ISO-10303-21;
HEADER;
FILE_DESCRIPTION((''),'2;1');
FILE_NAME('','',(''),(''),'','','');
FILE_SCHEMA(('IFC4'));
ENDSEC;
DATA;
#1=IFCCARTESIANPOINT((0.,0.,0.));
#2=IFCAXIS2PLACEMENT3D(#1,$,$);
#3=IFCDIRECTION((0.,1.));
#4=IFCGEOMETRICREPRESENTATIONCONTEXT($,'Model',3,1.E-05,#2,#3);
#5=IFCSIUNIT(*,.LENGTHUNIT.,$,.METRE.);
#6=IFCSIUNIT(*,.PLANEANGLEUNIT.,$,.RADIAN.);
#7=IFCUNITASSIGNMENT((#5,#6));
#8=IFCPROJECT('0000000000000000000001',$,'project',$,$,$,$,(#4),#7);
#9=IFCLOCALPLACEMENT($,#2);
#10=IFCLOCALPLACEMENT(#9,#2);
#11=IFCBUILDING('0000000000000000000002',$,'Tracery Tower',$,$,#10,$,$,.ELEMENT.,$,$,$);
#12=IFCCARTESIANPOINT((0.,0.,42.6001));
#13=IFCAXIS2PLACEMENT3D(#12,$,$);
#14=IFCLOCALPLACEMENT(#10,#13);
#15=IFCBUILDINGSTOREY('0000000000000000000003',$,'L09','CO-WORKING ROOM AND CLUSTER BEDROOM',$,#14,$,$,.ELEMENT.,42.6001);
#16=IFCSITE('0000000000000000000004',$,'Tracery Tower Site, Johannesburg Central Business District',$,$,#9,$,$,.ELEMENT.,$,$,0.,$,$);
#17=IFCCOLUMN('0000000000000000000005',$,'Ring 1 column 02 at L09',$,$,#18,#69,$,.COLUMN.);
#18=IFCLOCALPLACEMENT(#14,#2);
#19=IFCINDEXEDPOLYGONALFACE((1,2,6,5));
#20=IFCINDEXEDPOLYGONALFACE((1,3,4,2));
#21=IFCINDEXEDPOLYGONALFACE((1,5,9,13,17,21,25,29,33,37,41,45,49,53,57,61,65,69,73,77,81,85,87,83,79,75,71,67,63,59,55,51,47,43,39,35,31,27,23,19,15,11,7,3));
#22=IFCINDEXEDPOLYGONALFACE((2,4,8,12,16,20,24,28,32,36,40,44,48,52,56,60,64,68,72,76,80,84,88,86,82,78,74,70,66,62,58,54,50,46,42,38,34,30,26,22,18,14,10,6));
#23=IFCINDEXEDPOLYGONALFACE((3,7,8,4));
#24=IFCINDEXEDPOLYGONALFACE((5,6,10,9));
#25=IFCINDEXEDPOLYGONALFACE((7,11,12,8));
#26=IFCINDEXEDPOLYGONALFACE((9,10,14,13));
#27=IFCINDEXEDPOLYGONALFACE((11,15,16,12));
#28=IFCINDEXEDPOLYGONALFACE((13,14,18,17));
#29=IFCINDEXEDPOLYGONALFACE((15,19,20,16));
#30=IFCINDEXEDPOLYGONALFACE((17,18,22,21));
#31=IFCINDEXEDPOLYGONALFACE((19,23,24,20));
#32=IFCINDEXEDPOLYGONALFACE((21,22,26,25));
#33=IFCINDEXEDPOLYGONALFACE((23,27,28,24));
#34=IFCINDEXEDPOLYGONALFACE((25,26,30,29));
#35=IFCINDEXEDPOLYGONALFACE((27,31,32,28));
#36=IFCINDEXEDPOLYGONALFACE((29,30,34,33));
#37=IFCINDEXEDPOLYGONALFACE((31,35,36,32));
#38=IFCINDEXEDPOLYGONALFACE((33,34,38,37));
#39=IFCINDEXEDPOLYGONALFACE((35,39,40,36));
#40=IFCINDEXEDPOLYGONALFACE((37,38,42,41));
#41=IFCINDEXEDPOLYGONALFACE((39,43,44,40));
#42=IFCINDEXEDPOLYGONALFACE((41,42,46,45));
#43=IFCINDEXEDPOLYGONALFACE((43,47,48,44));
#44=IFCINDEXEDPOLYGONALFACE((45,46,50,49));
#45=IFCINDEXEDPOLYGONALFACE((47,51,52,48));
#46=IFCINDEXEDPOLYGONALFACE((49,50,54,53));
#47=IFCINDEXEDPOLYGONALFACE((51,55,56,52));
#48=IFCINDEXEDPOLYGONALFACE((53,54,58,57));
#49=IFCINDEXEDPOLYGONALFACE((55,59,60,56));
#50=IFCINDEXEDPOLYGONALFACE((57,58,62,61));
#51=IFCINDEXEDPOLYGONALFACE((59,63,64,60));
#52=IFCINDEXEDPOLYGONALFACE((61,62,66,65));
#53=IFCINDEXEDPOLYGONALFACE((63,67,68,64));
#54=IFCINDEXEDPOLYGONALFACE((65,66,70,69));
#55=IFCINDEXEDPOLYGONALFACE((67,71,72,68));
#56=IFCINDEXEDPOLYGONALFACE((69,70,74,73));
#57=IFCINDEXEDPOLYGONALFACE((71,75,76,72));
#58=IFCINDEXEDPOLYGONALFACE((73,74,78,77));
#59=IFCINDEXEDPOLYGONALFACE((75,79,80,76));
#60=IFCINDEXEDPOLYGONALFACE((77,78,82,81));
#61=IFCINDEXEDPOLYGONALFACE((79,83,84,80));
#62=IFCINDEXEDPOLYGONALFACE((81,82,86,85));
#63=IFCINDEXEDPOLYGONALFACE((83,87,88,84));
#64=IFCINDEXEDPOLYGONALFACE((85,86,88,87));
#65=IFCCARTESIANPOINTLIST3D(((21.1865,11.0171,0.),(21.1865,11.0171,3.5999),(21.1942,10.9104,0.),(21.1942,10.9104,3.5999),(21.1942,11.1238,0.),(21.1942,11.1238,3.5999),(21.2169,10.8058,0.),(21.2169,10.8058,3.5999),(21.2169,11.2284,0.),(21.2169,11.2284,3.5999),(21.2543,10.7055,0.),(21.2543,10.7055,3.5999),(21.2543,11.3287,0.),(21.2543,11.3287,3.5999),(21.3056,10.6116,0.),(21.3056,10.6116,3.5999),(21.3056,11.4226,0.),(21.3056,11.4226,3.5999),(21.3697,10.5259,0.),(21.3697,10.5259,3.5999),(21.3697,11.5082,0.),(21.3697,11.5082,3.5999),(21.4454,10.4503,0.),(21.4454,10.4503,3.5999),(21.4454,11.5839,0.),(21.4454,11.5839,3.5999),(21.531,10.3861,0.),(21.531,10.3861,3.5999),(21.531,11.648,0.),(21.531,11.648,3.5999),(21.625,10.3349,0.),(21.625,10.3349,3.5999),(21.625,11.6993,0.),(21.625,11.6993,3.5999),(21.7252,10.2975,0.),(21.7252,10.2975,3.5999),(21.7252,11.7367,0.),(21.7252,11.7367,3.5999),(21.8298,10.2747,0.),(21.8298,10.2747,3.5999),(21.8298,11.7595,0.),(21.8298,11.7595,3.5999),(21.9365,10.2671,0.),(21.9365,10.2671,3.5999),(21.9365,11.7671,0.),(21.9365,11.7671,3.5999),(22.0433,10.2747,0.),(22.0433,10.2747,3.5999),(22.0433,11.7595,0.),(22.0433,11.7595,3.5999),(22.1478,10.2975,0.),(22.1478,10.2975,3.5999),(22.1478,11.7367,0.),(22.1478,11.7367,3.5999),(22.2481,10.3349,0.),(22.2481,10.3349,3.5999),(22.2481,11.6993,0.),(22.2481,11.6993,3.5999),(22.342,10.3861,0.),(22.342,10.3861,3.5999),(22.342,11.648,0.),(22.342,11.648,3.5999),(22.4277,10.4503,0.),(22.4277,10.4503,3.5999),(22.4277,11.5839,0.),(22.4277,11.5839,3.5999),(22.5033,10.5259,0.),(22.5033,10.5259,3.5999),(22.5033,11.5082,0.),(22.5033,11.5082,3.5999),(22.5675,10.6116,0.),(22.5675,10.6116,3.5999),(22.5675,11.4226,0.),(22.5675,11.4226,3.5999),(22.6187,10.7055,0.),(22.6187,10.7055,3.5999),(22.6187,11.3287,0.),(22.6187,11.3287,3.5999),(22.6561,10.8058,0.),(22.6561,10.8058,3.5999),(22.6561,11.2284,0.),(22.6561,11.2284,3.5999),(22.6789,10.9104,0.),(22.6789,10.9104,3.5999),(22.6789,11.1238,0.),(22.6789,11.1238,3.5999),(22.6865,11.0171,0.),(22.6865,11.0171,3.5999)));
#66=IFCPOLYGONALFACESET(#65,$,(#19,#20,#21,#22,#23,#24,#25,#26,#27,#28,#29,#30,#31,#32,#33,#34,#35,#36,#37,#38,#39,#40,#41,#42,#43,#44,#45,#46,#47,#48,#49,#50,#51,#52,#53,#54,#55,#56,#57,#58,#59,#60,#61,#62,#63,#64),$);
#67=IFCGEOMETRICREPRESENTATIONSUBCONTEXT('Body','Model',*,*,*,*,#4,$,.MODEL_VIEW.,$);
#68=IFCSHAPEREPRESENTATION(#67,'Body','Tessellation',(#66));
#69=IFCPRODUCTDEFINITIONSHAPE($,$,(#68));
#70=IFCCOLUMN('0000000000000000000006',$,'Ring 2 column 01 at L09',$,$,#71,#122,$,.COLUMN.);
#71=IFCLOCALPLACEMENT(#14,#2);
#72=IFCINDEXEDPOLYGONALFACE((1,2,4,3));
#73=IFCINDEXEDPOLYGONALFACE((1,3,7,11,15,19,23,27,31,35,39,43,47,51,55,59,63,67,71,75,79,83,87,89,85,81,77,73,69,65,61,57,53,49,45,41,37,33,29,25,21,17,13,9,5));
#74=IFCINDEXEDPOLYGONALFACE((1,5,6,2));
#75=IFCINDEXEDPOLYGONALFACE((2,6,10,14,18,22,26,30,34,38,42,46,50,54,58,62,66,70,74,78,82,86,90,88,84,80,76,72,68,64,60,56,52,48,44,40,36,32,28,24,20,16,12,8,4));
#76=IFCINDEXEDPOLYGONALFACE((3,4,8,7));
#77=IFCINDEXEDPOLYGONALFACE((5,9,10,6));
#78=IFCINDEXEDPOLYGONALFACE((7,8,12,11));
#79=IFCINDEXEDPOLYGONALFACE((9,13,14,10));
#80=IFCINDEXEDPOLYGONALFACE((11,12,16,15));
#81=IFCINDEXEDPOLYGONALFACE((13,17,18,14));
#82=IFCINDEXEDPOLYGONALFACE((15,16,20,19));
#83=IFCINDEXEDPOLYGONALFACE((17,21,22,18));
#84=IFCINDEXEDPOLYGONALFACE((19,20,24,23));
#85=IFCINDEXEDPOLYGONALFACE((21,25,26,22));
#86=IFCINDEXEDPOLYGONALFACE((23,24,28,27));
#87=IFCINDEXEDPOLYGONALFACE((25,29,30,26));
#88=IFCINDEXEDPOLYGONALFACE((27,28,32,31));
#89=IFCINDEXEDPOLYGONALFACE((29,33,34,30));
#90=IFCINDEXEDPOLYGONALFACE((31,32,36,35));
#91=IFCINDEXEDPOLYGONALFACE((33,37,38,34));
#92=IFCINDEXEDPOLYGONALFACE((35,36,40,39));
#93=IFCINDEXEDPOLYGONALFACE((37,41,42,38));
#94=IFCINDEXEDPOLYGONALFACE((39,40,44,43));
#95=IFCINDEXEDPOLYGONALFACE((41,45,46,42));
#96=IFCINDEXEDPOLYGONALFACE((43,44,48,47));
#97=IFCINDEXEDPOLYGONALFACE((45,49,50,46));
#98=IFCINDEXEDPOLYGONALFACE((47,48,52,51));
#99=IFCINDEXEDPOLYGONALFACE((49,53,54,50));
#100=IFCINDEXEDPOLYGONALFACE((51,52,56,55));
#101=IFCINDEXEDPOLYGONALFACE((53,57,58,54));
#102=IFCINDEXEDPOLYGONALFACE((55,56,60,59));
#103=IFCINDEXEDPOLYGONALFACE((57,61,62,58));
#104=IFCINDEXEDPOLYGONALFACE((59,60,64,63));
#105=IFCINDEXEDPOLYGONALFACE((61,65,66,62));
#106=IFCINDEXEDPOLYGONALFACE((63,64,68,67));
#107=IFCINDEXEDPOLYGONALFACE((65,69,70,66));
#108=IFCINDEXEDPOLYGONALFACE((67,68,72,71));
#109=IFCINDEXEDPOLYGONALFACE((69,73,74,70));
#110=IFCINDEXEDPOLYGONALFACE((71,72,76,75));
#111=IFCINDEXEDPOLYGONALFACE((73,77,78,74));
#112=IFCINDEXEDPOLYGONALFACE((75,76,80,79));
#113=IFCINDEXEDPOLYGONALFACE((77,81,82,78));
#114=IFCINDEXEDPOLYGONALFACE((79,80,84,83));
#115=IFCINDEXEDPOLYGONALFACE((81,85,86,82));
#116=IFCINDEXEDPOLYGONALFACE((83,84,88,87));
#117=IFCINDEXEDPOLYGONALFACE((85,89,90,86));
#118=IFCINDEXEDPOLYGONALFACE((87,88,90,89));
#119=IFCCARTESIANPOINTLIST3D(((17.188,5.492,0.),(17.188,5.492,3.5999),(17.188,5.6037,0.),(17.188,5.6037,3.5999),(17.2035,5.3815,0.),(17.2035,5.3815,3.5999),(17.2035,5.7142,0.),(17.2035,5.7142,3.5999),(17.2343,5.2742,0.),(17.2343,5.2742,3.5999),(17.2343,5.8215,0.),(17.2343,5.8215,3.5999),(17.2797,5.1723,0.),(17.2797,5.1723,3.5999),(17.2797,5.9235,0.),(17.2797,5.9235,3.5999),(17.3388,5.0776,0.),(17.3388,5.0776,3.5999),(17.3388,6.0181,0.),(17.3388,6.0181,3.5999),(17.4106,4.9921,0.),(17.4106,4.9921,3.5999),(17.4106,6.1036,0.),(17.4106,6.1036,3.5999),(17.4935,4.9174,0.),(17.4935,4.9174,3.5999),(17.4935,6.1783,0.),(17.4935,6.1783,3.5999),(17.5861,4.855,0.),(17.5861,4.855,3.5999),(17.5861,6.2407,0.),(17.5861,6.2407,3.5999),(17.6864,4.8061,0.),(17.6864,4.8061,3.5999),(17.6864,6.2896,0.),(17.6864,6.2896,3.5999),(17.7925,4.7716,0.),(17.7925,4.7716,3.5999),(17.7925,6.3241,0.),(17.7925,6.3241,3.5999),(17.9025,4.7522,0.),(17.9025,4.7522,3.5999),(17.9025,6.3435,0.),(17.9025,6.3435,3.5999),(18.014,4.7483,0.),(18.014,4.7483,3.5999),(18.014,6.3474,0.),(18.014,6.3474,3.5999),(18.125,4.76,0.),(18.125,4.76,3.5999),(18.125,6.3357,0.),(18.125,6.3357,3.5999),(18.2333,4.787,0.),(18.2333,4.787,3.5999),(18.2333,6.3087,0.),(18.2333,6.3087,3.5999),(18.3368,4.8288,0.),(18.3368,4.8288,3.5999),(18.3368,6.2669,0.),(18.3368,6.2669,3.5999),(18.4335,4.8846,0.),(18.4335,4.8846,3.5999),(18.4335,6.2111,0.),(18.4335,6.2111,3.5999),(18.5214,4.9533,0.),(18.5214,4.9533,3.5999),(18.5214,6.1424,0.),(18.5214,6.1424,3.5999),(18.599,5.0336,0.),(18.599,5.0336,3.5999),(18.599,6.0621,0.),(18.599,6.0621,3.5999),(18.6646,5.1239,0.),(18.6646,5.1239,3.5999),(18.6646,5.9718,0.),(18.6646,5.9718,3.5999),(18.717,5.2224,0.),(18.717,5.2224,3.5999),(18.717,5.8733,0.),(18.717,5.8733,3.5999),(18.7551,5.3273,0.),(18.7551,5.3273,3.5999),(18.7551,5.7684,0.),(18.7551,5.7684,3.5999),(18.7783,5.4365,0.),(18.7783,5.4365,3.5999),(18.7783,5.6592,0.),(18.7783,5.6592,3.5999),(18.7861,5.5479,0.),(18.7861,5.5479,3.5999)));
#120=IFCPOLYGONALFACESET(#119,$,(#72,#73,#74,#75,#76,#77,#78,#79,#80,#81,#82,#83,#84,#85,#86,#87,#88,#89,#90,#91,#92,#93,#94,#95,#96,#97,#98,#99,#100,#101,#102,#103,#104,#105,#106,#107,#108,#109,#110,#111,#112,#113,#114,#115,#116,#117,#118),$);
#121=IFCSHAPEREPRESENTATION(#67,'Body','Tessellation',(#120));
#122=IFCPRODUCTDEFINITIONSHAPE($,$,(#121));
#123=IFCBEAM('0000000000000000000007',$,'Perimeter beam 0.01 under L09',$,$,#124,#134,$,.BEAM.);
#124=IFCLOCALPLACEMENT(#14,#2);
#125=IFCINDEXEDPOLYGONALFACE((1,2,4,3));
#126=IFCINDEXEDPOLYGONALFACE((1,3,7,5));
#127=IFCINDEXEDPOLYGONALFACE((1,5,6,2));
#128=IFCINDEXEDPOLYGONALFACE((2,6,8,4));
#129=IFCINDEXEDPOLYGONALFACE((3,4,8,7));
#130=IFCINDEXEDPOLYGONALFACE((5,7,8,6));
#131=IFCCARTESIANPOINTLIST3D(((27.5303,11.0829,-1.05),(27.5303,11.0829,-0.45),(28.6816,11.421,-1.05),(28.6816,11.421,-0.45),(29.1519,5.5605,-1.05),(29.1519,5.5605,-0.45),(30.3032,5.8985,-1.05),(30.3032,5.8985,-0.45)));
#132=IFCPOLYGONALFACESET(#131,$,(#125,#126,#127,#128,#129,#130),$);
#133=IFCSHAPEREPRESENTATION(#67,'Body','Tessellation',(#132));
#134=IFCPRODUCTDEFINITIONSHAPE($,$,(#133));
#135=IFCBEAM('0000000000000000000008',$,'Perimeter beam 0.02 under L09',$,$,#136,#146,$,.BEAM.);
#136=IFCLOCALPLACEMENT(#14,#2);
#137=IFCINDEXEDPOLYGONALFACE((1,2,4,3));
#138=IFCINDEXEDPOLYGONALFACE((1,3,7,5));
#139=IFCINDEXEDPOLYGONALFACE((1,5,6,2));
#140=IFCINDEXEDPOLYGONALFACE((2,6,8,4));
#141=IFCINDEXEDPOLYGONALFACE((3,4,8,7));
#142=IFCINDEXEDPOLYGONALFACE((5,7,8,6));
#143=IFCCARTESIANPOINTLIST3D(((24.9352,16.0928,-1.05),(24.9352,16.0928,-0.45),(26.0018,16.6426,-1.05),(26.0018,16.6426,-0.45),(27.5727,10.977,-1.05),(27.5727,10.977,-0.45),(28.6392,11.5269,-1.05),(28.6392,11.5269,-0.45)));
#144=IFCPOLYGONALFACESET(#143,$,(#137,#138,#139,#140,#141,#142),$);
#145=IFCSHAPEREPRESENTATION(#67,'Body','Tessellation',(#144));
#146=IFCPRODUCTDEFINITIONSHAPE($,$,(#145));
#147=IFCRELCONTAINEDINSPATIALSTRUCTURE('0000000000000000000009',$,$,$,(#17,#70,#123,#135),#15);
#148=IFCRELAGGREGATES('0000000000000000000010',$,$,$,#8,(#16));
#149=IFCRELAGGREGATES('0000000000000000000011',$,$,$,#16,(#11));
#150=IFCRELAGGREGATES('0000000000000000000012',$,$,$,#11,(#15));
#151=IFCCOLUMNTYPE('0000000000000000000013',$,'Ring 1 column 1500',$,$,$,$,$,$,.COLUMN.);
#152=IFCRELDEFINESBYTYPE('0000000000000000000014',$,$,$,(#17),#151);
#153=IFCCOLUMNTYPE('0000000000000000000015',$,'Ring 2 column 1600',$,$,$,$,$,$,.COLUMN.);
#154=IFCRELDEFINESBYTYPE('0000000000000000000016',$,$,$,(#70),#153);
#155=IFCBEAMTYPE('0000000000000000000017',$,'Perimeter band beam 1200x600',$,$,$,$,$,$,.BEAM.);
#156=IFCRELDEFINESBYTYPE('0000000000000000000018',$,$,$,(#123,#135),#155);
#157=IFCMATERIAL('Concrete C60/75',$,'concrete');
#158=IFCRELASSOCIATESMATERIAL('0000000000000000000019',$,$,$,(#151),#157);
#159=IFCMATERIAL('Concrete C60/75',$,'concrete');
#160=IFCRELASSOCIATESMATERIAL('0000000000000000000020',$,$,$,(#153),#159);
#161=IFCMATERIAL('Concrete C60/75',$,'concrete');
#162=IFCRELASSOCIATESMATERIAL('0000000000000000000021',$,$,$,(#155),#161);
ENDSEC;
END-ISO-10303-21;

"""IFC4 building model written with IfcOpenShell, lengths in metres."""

from ifc_helpers import new_model, si_unit, direction, frame, origin, origin_2d, place, context, subcontext, project, spatial, rectangle, circle, extrude, material, material_profile, profile_set, type_object, element, save


model = new_model("IFC4")

# Units and contexts
model_context = context("Model", 3, precision=1e-05, world=origin(), true_north=direction((0.0, 1.0)))
body_context = subcontext(model_context, "Body", "Model", "MODEL_VIEW")
ifc_project = project(units=[si_unit("LENGTHUNIT", "METRE"), si_unit("PLANEANGLEUNIT", "RADIAN")], contexts=[model_context])

# Site, building, storey
site_placement = place(None, origin())
site = spatial("IfcSite", under=ifc_project, at=site_placement, Name="Tracery Tower Site, Johannesburg Central Business District", CompositionType="ELEMENT", RefElevation=0.0)
building_placement = place(site_placement, origin())
building = spatial("IfcBuilding", under=site, at=building_placement, Name="Tracery Tower", CompositionType="ELEMENT")
storey_placement = place(building_placement, frame((0.0, 0.0, 42.6001)))
storey = spatial("IfcBuildingStorey", under=building, at=storey_placement, Name="L09", Description="CO-WORKING ROOM AND CLUSTER BEDROOM", CompositionType="ELEMENT", Elevation=42.6001)

# Columns
ifc_material_1 = material(Name="Concrete C60/75", Category="concrete")
ifc_material_profile_1 = material_profile(ifc_material_1, circle(Radius=0.75, at=origin_2d()), Name="RC D1500")
ifc_profile_set_1 = profile_set([ifc_material_profile_1], Name="Concrete C60/75")
column_type_1 = type_object("IfcColumnType", Name="Ring 1 column 1500", PredefinedType="COLUMN", material=ifc_profile_set_1)
for number, where, z_axis, x_axis, name in (
    (1, (21.9365, 11.0171, 0.0), (0.0, 0.0, 1.0), (1.0, 0.0, 0.0), "Ring 1 column 02 at L09"),
):
    element("IfcColumn", number, at=place(storey_placement, frame(where, z_axis=z_axis, x_axis=x_axis)), inside=storey, type_object=column_type_1, Name=name, PredefinedType="COLUMN", context=body_context, shape_type="SweptSolid", body=[
        extrude(circle(Radius=0.75, at=origin_2d()), origin(), (0.0, 0.0, 1.0), 3.5999),
    ])
ifc_material_2 = material(Name="Concrete C60/75", Category="concrete")
ifc_material_profile_2 = material_profile(ifc_material_2, circle(Radius=0.8, at=origin_2d()), Name="RC D1600")
ifc_profile_set_2 = profile_set([ifc_material_profile_2], Name="Concrete C60/75")
column_type_2 = type_object("IfcColumnType", Name="Ring 2 column 1600", PredefinedType="COLUMN", material=ifc_profile_set_2)
column_placement = place(storey_placement, frame((17.9861, 5.5479, 0.0), z_axis=(0.0, 0.0, 1.0), x_axis=(1.0, 0.0, 0.0)))
element("IfcColumn", 2, at=column_placement, inside=storey, type_object=column_type_2, Name="Ring 2 column 01 at L09", PredefinedType="COLUMN", context=body_context, shape_type="SweptSolid", body=[
    extrude(circle(Radius=0.8, at=origin_2d()), origin(), (0.0, 0.0, 1.0), 3.5999),
])

# Beams
ifc_material_3 = material(Name="Concrete C60/75", Category="concrete")
ifc_material_profile_3 = material_profile(ifc_material_3, rectangle(XDim=1.2, YDim=0.6001, at=origin_2d()), Name="RC 1200x600")
ifc_profile_set_3 = profile_set([ifc_material_profile_3], Name="Concrete C60/75")
beam_type = type_object("IfcBeamType", Name="Perimeter band beam 1200x600", PredefinedType="BEAM", material=ifc_profile_set_3)
for number, where, z_axis, x_axis, name in (
    (3, (29.7275, 5.7295, -0.75), (-0.281739, 0.959491, 0.0), (-0.959491, -0.281739, 0.0), "Perimeter beam 0.01 under L09"),
    (4, (28.106, 11.252, -0.75), (-0.458242, 0.888827, 0.0), (-0.888827, -0.458242, 0.0), "Perimeter beam 0.02 under L09"),
):
    element("IfcBeam", number, at=place(storey_placement, frame(where, z_axis=z_axis, x_axis=x_axis)), inside=storey, type_object=beam_type, Name=name, PredefinedType="BEAM", context=body_context, shape_type="SweptSolid", body=[
        extrude(rectangle(XDim=1.2, YDim=0.6001, at=origin_2d()), origin(), (0.0, 0.0, 1.0), 5.7556),
    ])

save(model, "model.ifc")
